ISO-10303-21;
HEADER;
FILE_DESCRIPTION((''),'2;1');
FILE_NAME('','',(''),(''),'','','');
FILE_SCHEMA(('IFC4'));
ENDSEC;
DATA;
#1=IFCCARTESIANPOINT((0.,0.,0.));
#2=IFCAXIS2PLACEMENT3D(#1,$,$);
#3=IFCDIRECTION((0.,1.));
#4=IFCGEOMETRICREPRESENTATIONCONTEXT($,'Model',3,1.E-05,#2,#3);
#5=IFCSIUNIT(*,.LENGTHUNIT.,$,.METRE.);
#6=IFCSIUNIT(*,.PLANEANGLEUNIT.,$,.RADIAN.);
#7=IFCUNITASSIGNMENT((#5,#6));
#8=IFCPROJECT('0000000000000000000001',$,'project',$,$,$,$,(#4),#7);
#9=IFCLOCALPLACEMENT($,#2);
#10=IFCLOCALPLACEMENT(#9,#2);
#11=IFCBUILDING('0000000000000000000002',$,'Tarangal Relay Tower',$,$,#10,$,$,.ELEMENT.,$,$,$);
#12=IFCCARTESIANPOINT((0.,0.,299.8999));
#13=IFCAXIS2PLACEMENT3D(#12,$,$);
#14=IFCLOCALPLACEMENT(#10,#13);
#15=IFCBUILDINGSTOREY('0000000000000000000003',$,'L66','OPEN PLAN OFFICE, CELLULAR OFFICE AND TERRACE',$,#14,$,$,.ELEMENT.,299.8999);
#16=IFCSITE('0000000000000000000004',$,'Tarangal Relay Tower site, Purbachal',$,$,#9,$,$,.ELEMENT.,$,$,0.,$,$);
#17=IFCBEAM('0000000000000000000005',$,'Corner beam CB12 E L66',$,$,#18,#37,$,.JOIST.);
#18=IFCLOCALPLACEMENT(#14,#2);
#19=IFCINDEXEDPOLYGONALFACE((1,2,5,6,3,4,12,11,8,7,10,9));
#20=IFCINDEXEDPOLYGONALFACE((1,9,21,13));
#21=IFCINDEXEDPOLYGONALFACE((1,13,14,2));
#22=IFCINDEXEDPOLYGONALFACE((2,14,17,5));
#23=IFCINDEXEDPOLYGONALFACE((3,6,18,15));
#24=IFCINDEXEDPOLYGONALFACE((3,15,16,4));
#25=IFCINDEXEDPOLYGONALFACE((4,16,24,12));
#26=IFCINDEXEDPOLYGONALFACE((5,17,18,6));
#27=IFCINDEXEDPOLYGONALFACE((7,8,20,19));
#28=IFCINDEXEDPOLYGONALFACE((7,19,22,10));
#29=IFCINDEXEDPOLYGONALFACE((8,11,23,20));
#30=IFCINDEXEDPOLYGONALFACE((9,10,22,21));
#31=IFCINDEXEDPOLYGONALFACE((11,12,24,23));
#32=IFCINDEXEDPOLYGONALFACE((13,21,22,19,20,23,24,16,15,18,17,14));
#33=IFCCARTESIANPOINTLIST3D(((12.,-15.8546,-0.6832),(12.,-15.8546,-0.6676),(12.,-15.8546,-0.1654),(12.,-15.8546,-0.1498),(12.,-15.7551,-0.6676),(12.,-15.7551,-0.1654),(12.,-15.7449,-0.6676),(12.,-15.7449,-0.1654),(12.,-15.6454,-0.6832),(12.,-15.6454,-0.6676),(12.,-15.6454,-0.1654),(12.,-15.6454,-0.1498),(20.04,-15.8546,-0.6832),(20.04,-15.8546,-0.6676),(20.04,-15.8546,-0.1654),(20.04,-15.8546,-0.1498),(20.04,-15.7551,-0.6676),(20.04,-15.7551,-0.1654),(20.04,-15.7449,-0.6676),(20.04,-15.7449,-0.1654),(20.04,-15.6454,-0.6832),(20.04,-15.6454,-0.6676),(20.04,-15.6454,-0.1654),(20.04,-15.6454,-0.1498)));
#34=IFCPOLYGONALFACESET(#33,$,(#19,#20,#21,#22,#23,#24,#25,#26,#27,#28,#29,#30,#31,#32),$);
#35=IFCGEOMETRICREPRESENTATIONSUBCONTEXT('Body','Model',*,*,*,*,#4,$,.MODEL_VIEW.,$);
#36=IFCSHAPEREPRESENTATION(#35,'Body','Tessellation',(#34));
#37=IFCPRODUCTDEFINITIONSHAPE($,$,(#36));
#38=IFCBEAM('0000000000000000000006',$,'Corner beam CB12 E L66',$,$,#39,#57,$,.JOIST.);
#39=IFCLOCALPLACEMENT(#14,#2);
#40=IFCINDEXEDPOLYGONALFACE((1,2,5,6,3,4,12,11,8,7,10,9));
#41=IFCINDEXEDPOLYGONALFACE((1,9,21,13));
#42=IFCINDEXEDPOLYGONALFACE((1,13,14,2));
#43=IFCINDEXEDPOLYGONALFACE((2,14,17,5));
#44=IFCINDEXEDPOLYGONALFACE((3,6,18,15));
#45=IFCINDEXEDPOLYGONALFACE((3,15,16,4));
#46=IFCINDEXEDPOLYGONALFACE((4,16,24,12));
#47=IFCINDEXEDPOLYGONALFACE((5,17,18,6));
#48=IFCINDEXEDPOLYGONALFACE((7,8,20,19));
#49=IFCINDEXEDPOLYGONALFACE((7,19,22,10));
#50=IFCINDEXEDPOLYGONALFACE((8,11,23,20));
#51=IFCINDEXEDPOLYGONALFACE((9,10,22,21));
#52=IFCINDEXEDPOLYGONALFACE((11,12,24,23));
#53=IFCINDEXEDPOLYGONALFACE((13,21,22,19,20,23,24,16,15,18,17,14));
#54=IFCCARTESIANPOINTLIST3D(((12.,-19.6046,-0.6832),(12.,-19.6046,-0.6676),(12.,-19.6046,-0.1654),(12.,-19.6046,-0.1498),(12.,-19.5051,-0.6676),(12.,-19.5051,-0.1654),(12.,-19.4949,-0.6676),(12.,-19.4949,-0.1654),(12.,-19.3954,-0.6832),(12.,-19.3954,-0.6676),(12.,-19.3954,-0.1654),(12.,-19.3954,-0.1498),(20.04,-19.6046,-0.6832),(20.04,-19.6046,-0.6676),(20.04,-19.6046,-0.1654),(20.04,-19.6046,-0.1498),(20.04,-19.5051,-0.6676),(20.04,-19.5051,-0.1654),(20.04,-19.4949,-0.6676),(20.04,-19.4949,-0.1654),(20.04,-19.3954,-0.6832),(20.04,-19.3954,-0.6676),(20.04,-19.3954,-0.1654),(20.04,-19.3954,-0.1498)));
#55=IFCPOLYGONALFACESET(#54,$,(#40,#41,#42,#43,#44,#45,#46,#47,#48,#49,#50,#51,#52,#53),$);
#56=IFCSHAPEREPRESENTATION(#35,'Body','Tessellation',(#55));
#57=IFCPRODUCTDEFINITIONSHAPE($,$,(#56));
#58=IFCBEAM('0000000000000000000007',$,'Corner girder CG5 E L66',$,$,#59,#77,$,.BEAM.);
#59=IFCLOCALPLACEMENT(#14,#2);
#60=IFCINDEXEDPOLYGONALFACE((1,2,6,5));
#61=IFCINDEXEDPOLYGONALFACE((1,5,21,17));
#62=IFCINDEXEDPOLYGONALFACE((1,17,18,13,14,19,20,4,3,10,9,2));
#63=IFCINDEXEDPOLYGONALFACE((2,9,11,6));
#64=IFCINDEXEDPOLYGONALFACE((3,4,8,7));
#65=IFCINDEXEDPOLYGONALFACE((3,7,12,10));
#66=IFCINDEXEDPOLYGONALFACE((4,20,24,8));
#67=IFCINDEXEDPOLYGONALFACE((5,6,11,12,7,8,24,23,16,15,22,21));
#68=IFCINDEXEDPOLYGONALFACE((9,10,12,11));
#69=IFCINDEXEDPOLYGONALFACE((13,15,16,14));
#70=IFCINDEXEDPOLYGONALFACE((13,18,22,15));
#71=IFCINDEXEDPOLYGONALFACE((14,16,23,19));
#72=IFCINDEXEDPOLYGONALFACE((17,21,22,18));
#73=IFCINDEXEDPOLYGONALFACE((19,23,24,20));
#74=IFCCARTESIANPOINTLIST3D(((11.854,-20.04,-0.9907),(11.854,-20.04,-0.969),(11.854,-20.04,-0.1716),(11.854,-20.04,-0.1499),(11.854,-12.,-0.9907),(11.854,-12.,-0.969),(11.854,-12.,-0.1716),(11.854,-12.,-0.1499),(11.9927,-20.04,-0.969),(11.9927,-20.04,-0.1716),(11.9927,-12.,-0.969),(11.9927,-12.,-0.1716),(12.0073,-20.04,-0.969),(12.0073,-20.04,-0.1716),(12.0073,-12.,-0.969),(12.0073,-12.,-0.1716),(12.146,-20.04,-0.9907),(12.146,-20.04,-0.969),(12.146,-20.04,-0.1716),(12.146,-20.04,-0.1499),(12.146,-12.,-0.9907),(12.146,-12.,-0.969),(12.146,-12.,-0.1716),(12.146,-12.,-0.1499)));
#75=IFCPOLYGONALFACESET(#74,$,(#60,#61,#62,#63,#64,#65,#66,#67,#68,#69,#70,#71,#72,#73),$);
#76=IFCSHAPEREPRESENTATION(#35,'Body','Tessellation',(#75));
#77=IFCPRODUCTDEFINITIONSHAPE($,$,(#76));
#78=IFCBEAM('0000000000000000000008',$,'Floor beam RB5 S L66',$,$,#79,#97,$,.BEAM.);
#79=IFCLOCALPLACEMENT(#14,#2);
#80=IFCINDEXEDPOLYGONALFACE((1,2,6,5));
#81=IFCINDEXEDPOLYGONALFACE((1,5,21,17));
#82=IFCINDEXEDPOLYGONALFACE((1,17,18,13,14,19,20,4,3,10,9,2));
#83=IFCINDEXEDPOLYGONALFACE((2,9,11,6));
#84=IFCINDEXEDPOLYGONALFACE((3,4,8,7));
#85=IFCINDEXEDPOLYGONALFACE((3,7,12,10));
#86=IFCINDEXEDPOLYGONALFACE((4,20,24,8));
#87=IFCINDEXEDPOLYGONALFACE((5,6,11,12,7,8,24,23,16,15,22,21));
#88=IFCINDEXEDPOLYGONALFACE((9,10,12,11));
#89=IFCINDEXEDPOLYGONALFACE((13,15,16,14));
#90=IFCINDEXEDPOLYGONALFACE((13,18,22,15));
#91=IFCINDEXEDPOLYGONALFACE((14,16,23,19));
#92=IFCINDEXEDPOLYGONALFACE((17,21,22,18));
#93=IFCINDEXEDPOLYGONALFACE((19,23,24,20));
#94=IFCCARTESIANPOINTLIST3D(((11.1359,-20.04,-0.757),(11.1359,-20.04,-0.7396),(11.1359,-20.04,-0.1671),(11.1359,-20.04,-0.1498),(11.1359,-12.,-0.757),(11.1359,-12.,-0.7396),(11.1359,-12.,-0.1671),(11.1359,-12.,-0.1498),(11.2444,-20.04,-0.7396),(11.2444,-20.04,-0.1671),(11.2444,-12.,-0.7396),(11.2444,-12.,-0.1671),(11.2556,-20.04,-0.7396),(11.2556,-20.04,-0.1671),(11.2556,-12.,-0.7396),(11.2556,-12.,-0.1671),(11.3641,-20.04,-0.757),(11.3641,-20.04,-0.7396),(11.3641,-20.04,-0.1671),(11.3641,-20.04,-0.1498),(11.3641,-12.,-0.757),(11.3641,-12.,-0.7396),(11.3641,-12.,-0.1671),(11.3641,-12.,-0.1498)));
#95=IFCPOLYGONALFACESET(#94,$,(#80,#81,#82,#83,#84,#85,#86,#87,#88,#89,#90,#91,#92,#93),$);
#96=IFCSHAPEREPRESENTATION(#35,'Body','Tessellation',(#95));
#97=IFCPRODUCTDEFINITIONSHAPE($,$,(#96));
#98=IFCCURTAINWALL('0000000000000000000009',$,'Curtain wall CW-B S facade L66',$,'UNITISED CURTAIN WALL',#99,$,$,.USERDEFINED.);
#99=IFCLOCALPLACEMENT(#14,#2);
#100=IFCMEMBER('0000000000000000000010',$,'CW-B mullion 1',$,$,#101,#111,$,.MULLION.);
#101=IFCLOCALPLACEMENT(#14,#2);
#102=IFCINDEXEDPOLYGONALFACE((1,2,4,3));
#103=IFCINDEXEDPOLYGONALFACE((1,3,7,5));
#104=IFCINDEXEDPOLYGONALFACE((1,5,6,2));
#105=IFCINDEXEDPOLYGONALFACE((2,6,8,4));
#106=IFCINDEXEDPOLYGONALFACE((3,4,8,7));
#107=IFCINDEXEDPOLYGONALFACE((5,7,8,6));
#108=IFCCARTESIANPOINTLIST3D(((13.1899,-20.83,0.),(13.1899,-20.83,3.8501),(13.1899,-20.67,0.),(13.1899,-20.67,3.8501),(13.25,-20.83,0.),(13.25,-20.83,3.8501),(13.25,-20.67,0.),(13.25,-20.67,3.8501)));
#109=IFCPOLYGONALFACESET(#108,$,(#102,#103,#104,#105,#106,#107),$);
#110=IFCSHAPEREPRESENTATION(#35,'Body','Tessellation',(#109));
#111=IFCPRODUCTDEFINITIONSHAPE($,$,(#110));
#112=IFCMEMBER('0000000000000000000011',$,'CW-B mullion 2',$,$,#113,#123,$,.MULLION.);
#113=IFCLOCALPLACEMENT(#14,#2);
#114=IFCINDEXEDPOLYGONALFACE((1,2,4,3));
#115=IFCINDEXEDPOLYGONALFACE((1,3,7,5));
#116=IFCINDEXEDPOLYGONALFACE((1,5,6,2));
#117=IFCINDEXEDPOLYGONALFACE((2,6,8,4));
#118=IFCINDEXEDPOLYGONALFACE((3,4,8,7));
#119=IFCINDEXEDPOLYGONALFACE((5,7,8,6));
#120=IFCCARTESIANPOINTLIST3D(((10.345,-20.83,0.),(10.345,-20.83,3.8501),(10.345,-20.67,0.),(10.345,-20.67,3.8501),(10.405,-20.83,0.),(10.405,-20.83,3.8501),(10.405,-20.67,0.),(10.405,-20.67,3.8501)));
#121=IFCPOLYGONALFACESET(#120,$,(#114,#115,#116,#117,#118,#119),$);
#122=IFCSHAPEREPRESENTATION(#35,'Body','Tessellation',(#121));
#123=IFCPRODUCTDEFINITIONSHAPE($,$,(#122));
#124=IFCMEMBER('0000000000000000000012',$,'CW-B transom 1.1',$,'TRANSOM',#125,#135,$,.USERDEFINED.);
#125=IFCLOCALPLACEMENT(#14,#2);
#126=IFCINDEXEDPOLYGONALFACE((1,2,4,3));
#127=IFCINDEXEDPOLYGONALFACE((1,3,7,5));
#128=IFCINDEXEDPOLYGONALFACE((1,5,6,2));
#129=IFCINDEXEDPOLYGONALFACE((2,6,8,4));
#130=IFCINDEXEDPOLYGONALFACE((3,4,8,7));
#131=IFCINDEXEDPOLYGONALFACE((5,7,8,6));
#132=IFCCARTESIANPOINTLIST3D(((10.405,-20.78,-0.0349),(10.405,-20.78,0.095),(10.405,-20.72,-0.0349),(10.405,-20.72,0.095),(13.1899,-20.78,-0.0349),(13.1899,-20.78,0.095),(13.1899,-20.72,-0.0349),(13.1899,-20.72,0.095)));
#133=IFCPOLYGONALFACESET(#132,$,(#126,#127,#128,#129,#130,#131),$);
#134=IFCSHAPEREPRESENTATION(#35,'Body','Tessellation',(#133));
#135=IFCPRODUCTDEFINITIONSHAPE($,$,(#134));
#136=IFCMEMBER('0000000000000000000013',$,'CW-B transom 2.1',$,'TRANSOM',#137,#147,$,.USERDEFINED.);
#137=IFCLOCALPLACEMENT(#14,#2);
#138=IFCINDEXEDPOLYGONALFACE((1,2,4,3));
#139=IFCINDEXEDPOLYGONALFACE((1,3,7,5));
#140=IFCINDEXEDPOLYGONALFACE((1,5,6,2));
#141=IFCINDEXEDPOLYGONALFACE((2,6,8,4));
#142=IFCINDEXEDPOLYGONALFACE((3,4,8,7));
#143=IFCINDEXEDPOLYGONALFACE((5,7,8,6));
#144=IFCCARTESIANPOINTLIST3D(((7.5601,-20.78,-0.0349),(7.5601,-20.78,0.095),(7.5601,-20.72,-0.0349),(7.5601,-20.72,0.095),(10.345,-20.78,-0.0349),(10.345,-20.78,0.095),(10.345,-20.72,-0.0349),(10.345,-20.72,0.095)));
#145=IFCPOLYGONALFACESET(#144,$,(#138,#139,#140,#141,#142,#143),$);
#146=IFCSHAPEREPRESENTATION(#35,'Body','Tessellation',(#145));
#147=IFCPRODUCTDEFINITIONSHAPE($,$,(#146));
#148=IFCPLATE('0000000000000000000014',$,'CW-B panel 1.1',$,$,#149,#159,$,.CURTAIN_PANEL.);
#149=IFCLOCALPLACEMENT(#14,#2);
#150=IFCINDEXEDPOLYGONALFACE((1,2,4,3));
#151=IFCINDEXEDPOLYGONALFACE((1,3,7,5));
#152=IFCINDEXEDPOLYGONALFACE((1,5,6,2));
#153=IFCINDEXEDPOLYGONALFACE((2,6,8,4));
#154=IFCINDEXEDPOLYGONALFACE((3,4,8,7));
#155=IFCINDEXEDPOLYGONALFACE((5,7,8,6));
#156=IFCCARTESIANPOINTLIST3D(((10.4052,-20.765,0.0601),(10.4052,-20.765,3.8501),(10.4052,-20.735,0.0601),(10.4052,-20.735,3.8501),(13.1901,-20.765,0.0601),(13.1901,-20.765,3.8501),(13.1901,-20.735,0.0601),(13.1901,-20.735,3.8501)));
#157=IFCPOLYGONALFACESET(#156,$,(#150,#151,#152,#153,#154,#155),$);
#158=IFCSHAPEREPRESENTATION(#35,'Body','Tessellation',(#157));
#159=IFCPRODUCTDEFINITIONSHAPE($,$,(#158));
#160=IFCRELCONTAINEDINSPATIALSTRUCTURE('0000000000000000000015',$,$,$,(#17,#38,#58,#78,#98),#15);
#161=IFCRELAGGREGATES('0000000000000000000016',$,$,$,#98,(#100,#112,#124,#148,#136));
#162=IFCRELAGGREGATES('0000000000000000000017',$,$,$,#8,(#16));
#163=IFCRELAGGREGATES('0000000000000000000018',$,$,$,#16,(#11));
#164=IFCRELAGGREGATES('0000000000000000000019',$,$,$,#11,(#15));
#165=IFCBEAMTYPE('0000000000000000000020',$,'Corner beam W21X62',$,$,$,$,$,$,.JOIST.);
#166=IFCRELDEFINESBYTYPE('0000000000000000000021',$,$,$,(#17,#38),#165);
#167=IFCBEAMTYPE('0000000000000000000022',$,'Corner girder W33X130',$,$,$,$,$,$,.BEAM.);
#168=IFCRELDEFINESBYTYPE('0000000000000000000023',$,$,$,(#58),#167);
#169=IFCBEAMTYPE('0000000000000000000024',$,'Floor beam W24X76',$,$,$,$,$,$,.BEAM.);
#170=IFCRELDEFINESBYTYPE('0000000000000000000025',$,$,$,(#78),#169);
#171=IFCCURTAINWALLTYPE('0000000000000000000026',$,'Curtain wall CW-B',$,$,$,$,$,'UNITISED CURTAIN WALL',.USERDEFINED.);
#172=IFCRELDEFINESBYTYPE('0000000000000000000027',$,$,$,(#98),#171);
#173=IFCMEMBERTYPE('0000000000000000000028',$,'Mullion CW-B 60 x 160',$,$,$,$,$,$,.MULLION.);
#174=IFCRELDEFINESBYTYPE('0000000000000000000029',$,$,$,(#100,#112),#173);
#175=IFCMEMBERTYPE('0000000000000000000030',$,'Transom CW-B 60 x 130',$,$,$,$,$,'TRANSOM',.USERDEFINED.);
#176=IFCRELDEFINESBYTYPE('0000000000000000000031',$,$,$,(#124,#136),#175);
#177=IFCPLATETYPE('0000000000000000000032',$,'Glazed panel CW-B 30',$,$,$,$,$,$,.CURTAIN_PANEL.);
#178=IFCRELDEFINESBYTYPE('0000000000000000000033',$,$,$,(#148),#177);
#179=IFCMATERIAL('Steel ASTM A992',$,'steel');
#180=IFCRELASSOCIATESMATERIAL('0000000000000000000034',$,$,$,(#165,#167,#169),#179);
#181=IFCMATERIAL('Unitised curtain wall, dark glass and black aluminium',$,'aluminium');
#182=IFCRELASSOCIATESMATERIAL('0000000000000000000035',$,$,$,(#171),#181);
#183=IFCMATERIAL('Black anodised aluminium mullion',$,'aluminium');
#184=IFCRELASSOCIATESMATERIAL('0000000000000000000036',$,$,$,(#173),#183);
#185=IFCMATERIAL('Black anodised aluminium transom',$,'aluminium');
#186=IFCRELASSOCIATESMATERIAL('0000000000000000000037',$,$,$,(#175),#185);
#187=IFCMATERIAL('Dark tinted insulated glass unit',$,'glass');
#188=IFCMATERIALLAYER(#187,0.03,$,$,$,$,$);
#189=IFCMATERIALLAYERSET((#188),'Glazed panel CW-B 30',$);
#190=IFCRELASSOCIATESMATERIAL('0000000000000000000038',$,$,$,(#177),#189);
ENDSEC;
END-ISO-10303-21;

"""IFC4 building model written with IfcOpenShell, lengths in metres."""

from ifc_helpers import new_model, si_unit, direction, frame, origin, origin_2d, place, context, subcontext, project, spatial, rectangle, i_section, extrude, material, layer, layer_set, material_profile, profile_set, type_object, element, aggregate, save


model = new_model("IFC4")

# Units and contexts
model_context = context("Model", 3, precision=1e-05, world=origin(), true_north=direction((0.0, 1.0)))
body_context = subcontext(model_context, "Body", "Model", "MODEL_VIEW")
ifc_project = project(units=[si_unit("LENGTHUNIT", "METRE"), si_unit("PLANEANGLEUNIT", "RADIAN")], contexts=[model_context])

# Site, building, storey
site_placement = place(None, origin())
site = spatial("IfcSite", under=ifc_project, at=site_placement, Name="Tarangal Relay Tower site, Purbachal", CompositionType="ELEMENT", RefElevation=0.0)
building_placement = place(site_placement, origin())
building = spatial("IfcBuilding", under=site, at=building_placement, Name="Tarangal Relay Tower", CompositionType="ELEMENT")
storey_placement = place(building_placement, frame((0.0, 0.0, 299.8999)))
storey = spatial("IfcBuildingStorey", under=building, at=storey_placement, Name="L66", Description="OPEN PLAN OFFICE, CELLULAR OFFICE AND TERRACE", CompositionType="ELEMENT", Elevation=299.8999)

# Beams
ifc_material_1 = material(Name="Steel ASTM A992", Category="steel")
ifc_material_profile_1 = material_profile(ifc_material_1, i_section(OverallWidth=0.2092, OverallDepth=0.5334, WebThickness=0.0103, FlangeThickness=0.0156, at=origin_2d()), Name="W21X62")
ifc_profile_set_1 = profile_set([ifc_material_profile_1], Name="Steel ASTM A992")
beam_type_1 = type_object("IfcBeamType", Name="Corner beam W21X62", PredefinedType="JOIST", material=ifc_profile_set_1)
for number, where, z_axis, x_axis, name in (
    (1, (12.0, -15.75, -0.4165), (1.0, 0.0, 0.0), (0.0, 1.0, 0.0), "Corner beam CB12 E L66"),
    (2, (12.0, -19.5, -0.4165), (1.0, 0.0, 0.0), (0.0, 1.0, 0.0), "Corner beam CB12 E L66"),
):
    element("IfcBeam", number, at=place(storey_placement, frame(where, z_axis=z_axis, x_axis=x_axis)), inside=storey, type_object=beam_type_1, Name=name, PredefinedType="JOIST", context=body_context, shape_type="SweptSolid", body=[
        extrude(i_section(OverallWidth=0.2092, OverallDepth=0.5334, WebThickness=0.0103, FlangeThickness=0.0156, at=origin_2d()), origin(), (0.0, 0.0, 1.0), 8.04),
    ])
ifc_material_profile_2 = material_profile(ifc_material_1, i_section(OverallWidth=0.292, OverallDepth=0.8408, WebThickness=0.0146, FlangeThickness=0.0217, at=origin_2d()), Name="W33X130")
ifc_profile_set_2 = profile_set([ifc_material_profile_2], Name="Steel ASTM A992")
beam_type_2 = type_object("IfcBeamType", Name="Corner girder W33X130", PredefinedType="BEAM", material=ifc_profile_set_2)
beam_1_placement = place(storey_placement, frame((12.0, -12.0, -0.5703), z_axis=(0.0, -1.0, 0.0), x_axis=(1.0, 0.0, 0.0)))
element("IfcBeam", 3, at=beam_1_placement, inside=storey, type_object=beam_type_2, Name="Corner girder CG5 E L66", PredefinedType="BEAM", context=body_context, shape_type="SweptSolid", body=[
    extrude(i_section(OverallWidth=0.292, OverallDepth=0.8408, WebThickness=0.0146, FlangeThickness=0.0217, at=origin_2d()), origin(), (0.0, 0.0, 1.0), 8.04),
])
ifc_material_profile_3 = material_profile(ifc_material_1, i_section(OverallWidth=0.2283, OverallDepth=0.6072, WebThickness=0.0112, FlangeThickness=0.0173, at=origin_2d()), Name="W24X76")
ifc_profile_set_3 = profile_set([ifc_material_profile_3], Name="Steel ASTM A992")
beam_type_3 = type_object("IfcBeamType", Name="Floor beam W24X76", PredefinedType="BEAM", material=ifc_profile_set_3)
beam_2_placement = place(storey_placement, frame((11.25, -12.0, -0.4534), z_axis=(0.0, -1.0, 0.0), x_axis=(1.0, 0.0, 0.0)))
element("IfcBeam", 4, at=beam_2_placement, inside=storey, type_object=beam_type_3, Name="Floor beam RB5 S L66", PredefinedType="BEAM", context=body_context, shape_type="SweptSolid", body=[
    extrude(i_section(OverallWidth=0.2283, OverallDepth=0.6072, WebThickness=0.0112, FlangeThickness=0.0173, at=origin_2d()), origin(), (0.0, 0.0, 1.0), 8.04),
])

# Curtain wall, members, plate
ifc_material_2 = material(Name="Unitised curtain wall, dark glass and black aluminium", Category="aluminium")
curtain_wall_type = type_object("IfcCurtainWallType", Name="Curtain wall CW-B", ElementType="UNITISED CURTAIN WALL", PredefinedType="USERDEFINED", material=ifc_material_2)
curtain_wall_placement = place(storey_placement, origin())
curtain_wall = element("IfcCurtainWall", 5, at=curtain_wall_placement, inside=storey, type_object=curtain_wall_type, Name="Curtain wall CW-B S facade L66", ObjectType="UNITISED CURTAIN WALL", PredefinedType="USERDEFINED")
ifc_material_3 = material(Name="Black anodised aluminium mullion", Category="aluminium")
ifc_material_profile_4 = material_profile(ifc_material_3, rectangle(XDim=0.1599, YDim=0.0601, at=origin_2d()), Name="CW-BM 60X160")
ifc_profile_set_4 = profile_set([ifc_material_profile_4], Name="Black anodised aluminium mullion")
member_type_1 = type_object("IfcMemberType", Name="Mullion CW-B 60 x 160", PredefinedType="MULLION", material=ifc_profile_set_4)
member_1_placement = place(storey_placement, frame((13.22, -20.75, 0.0), z_axis=(0.0, 0.0, 1.0), x_axis=(0.0, -1.0, 0.0)))
member_1 = element("IfcMember", 6, at=member_1_placement, type_object=member_type_1, Name="CW-B mullion 1", PredefinedType="MULLION", context=body_context, shape_type="SweptSolid", body=[
    extrude(rectangle(XDim=0.1599, YDim=0.0601, at=origin_2d()), origin(), (0.0, 0.0, 1.0), 3.8501),
])
member_2_placement = place(storey_placement, frame((10.375, -20.75, 0.0), z_axis=(0.0, 0.0, 1.0), x_axis=(0.0, -1.0, 0.0)))
member_2 = element("IfcMember", 7, at=member_2_placement, type_object=member_type_1, Name="CW-B mullion 2", PredefinedType="MULLION", context=body_context, shape_type="SweptSolid", body=[
    extrude(rectangle(XDim=0.1599, YDim=0.0601, at=origin_2d()), origin(), (0.0, 0.0, 1.0), 3.8501),
])
ifc_material_4 = material(Name="Black anodised aluminium transom", Category="aluminium")
ifc_material_profile_5 = material_profile(ifc_material_4, rectangle(XDim=0.0601, YDim=0.1299, at=origin_2d()), Name="CW-BT 60X130")
ifc_profile_set_5 = profile_set([ifc_material_profile_5], Name="Black anodised aluminium transom")
member_type_2 = type_object("IfcMemberType", Name="Transom CW-B 60 x 130", ElementType="TRANSOM", PredefinedType="USERDEFINED", material=ifc_profile_set_5)
member_3_placement = place(storey_placement, frame((13.1899, -20.75, 0.03), z_axis=(-1.0, 0.0, 0.0), x_axis=(0.0, -1.0, 0.0)))
member_3 = element("IfcMember", 8, at=member_3_placement, type_object=member_type_2, Name="CW-B transom 1.1", ObjectType="TRANSOM", PredefinedType="USERDEFINED", context=body_context, shape_type="SweptSolid", body=[
    extrude(rectangle(XDim=0.0601, YDim=0.1299, at=origin_2d()), origin(), (0.0, 0.0, 1.0), 2.7849),
])
member_4_placement = place(storey_placement, frame((10.345, -20.75, 0.03), z_axis=(-1.0, 0.0, 0.0), x_axis=(0.0, -1.0, 0.0)))
member_4 = element("IfcMember", 9, at=member_4_placement, type_object=member_type_2, Name="CW-B transom 2.1", ObjectType="TRANSOM", PredefinedType="USERDEFINED", context=body_context, shape_type="SweptSolid", body=[
    extrude(rectangle(XDim=0.0601, YDim=0.1299, at=origin_2d()), origin(), (0.0, 0.0, 1.0), 2.7849),
])
ifc_material_5 = material(Name="Dark tinted insulated glass unit", Category="glass")
ifc_layer_1 = layer(ifc_material_5, 0.03)
ifc_layer_set_1 = layer_set([ifc_layer_1], Name="Glazed panel CW-B 30")
plate_type = type_object("IfcPlateType", Name="Glazed panel CW-B 30", PredefinedType="CURTAIN_PANEL", material=ifc_layer_set_1)
plate_placement = place(storey_placement, frame((11.7976, -20.75, 0.0601), z_axis=(0.0, 0.0, 1.0), x_axis=(-1.0, 0.0, 0.0)))
plate = element("IfcPlate", 10, at=plate_placement, type_object=plate_type, Name="CW-B panel 1.1", PredefinedType="CURTAIN_PANEL", context=body_context, shape_type="SweptSolid", body=[
    extrude(rectangle(XDim=2.7849, YDim=0.03, at=origin_2d()), origin(), (0.0, 0.0, 1.0), 3.79),
])
aggregate(curtain_wall, [member_1, member_2, member_3, plate, member_4])

save(model, "model.ifc")
